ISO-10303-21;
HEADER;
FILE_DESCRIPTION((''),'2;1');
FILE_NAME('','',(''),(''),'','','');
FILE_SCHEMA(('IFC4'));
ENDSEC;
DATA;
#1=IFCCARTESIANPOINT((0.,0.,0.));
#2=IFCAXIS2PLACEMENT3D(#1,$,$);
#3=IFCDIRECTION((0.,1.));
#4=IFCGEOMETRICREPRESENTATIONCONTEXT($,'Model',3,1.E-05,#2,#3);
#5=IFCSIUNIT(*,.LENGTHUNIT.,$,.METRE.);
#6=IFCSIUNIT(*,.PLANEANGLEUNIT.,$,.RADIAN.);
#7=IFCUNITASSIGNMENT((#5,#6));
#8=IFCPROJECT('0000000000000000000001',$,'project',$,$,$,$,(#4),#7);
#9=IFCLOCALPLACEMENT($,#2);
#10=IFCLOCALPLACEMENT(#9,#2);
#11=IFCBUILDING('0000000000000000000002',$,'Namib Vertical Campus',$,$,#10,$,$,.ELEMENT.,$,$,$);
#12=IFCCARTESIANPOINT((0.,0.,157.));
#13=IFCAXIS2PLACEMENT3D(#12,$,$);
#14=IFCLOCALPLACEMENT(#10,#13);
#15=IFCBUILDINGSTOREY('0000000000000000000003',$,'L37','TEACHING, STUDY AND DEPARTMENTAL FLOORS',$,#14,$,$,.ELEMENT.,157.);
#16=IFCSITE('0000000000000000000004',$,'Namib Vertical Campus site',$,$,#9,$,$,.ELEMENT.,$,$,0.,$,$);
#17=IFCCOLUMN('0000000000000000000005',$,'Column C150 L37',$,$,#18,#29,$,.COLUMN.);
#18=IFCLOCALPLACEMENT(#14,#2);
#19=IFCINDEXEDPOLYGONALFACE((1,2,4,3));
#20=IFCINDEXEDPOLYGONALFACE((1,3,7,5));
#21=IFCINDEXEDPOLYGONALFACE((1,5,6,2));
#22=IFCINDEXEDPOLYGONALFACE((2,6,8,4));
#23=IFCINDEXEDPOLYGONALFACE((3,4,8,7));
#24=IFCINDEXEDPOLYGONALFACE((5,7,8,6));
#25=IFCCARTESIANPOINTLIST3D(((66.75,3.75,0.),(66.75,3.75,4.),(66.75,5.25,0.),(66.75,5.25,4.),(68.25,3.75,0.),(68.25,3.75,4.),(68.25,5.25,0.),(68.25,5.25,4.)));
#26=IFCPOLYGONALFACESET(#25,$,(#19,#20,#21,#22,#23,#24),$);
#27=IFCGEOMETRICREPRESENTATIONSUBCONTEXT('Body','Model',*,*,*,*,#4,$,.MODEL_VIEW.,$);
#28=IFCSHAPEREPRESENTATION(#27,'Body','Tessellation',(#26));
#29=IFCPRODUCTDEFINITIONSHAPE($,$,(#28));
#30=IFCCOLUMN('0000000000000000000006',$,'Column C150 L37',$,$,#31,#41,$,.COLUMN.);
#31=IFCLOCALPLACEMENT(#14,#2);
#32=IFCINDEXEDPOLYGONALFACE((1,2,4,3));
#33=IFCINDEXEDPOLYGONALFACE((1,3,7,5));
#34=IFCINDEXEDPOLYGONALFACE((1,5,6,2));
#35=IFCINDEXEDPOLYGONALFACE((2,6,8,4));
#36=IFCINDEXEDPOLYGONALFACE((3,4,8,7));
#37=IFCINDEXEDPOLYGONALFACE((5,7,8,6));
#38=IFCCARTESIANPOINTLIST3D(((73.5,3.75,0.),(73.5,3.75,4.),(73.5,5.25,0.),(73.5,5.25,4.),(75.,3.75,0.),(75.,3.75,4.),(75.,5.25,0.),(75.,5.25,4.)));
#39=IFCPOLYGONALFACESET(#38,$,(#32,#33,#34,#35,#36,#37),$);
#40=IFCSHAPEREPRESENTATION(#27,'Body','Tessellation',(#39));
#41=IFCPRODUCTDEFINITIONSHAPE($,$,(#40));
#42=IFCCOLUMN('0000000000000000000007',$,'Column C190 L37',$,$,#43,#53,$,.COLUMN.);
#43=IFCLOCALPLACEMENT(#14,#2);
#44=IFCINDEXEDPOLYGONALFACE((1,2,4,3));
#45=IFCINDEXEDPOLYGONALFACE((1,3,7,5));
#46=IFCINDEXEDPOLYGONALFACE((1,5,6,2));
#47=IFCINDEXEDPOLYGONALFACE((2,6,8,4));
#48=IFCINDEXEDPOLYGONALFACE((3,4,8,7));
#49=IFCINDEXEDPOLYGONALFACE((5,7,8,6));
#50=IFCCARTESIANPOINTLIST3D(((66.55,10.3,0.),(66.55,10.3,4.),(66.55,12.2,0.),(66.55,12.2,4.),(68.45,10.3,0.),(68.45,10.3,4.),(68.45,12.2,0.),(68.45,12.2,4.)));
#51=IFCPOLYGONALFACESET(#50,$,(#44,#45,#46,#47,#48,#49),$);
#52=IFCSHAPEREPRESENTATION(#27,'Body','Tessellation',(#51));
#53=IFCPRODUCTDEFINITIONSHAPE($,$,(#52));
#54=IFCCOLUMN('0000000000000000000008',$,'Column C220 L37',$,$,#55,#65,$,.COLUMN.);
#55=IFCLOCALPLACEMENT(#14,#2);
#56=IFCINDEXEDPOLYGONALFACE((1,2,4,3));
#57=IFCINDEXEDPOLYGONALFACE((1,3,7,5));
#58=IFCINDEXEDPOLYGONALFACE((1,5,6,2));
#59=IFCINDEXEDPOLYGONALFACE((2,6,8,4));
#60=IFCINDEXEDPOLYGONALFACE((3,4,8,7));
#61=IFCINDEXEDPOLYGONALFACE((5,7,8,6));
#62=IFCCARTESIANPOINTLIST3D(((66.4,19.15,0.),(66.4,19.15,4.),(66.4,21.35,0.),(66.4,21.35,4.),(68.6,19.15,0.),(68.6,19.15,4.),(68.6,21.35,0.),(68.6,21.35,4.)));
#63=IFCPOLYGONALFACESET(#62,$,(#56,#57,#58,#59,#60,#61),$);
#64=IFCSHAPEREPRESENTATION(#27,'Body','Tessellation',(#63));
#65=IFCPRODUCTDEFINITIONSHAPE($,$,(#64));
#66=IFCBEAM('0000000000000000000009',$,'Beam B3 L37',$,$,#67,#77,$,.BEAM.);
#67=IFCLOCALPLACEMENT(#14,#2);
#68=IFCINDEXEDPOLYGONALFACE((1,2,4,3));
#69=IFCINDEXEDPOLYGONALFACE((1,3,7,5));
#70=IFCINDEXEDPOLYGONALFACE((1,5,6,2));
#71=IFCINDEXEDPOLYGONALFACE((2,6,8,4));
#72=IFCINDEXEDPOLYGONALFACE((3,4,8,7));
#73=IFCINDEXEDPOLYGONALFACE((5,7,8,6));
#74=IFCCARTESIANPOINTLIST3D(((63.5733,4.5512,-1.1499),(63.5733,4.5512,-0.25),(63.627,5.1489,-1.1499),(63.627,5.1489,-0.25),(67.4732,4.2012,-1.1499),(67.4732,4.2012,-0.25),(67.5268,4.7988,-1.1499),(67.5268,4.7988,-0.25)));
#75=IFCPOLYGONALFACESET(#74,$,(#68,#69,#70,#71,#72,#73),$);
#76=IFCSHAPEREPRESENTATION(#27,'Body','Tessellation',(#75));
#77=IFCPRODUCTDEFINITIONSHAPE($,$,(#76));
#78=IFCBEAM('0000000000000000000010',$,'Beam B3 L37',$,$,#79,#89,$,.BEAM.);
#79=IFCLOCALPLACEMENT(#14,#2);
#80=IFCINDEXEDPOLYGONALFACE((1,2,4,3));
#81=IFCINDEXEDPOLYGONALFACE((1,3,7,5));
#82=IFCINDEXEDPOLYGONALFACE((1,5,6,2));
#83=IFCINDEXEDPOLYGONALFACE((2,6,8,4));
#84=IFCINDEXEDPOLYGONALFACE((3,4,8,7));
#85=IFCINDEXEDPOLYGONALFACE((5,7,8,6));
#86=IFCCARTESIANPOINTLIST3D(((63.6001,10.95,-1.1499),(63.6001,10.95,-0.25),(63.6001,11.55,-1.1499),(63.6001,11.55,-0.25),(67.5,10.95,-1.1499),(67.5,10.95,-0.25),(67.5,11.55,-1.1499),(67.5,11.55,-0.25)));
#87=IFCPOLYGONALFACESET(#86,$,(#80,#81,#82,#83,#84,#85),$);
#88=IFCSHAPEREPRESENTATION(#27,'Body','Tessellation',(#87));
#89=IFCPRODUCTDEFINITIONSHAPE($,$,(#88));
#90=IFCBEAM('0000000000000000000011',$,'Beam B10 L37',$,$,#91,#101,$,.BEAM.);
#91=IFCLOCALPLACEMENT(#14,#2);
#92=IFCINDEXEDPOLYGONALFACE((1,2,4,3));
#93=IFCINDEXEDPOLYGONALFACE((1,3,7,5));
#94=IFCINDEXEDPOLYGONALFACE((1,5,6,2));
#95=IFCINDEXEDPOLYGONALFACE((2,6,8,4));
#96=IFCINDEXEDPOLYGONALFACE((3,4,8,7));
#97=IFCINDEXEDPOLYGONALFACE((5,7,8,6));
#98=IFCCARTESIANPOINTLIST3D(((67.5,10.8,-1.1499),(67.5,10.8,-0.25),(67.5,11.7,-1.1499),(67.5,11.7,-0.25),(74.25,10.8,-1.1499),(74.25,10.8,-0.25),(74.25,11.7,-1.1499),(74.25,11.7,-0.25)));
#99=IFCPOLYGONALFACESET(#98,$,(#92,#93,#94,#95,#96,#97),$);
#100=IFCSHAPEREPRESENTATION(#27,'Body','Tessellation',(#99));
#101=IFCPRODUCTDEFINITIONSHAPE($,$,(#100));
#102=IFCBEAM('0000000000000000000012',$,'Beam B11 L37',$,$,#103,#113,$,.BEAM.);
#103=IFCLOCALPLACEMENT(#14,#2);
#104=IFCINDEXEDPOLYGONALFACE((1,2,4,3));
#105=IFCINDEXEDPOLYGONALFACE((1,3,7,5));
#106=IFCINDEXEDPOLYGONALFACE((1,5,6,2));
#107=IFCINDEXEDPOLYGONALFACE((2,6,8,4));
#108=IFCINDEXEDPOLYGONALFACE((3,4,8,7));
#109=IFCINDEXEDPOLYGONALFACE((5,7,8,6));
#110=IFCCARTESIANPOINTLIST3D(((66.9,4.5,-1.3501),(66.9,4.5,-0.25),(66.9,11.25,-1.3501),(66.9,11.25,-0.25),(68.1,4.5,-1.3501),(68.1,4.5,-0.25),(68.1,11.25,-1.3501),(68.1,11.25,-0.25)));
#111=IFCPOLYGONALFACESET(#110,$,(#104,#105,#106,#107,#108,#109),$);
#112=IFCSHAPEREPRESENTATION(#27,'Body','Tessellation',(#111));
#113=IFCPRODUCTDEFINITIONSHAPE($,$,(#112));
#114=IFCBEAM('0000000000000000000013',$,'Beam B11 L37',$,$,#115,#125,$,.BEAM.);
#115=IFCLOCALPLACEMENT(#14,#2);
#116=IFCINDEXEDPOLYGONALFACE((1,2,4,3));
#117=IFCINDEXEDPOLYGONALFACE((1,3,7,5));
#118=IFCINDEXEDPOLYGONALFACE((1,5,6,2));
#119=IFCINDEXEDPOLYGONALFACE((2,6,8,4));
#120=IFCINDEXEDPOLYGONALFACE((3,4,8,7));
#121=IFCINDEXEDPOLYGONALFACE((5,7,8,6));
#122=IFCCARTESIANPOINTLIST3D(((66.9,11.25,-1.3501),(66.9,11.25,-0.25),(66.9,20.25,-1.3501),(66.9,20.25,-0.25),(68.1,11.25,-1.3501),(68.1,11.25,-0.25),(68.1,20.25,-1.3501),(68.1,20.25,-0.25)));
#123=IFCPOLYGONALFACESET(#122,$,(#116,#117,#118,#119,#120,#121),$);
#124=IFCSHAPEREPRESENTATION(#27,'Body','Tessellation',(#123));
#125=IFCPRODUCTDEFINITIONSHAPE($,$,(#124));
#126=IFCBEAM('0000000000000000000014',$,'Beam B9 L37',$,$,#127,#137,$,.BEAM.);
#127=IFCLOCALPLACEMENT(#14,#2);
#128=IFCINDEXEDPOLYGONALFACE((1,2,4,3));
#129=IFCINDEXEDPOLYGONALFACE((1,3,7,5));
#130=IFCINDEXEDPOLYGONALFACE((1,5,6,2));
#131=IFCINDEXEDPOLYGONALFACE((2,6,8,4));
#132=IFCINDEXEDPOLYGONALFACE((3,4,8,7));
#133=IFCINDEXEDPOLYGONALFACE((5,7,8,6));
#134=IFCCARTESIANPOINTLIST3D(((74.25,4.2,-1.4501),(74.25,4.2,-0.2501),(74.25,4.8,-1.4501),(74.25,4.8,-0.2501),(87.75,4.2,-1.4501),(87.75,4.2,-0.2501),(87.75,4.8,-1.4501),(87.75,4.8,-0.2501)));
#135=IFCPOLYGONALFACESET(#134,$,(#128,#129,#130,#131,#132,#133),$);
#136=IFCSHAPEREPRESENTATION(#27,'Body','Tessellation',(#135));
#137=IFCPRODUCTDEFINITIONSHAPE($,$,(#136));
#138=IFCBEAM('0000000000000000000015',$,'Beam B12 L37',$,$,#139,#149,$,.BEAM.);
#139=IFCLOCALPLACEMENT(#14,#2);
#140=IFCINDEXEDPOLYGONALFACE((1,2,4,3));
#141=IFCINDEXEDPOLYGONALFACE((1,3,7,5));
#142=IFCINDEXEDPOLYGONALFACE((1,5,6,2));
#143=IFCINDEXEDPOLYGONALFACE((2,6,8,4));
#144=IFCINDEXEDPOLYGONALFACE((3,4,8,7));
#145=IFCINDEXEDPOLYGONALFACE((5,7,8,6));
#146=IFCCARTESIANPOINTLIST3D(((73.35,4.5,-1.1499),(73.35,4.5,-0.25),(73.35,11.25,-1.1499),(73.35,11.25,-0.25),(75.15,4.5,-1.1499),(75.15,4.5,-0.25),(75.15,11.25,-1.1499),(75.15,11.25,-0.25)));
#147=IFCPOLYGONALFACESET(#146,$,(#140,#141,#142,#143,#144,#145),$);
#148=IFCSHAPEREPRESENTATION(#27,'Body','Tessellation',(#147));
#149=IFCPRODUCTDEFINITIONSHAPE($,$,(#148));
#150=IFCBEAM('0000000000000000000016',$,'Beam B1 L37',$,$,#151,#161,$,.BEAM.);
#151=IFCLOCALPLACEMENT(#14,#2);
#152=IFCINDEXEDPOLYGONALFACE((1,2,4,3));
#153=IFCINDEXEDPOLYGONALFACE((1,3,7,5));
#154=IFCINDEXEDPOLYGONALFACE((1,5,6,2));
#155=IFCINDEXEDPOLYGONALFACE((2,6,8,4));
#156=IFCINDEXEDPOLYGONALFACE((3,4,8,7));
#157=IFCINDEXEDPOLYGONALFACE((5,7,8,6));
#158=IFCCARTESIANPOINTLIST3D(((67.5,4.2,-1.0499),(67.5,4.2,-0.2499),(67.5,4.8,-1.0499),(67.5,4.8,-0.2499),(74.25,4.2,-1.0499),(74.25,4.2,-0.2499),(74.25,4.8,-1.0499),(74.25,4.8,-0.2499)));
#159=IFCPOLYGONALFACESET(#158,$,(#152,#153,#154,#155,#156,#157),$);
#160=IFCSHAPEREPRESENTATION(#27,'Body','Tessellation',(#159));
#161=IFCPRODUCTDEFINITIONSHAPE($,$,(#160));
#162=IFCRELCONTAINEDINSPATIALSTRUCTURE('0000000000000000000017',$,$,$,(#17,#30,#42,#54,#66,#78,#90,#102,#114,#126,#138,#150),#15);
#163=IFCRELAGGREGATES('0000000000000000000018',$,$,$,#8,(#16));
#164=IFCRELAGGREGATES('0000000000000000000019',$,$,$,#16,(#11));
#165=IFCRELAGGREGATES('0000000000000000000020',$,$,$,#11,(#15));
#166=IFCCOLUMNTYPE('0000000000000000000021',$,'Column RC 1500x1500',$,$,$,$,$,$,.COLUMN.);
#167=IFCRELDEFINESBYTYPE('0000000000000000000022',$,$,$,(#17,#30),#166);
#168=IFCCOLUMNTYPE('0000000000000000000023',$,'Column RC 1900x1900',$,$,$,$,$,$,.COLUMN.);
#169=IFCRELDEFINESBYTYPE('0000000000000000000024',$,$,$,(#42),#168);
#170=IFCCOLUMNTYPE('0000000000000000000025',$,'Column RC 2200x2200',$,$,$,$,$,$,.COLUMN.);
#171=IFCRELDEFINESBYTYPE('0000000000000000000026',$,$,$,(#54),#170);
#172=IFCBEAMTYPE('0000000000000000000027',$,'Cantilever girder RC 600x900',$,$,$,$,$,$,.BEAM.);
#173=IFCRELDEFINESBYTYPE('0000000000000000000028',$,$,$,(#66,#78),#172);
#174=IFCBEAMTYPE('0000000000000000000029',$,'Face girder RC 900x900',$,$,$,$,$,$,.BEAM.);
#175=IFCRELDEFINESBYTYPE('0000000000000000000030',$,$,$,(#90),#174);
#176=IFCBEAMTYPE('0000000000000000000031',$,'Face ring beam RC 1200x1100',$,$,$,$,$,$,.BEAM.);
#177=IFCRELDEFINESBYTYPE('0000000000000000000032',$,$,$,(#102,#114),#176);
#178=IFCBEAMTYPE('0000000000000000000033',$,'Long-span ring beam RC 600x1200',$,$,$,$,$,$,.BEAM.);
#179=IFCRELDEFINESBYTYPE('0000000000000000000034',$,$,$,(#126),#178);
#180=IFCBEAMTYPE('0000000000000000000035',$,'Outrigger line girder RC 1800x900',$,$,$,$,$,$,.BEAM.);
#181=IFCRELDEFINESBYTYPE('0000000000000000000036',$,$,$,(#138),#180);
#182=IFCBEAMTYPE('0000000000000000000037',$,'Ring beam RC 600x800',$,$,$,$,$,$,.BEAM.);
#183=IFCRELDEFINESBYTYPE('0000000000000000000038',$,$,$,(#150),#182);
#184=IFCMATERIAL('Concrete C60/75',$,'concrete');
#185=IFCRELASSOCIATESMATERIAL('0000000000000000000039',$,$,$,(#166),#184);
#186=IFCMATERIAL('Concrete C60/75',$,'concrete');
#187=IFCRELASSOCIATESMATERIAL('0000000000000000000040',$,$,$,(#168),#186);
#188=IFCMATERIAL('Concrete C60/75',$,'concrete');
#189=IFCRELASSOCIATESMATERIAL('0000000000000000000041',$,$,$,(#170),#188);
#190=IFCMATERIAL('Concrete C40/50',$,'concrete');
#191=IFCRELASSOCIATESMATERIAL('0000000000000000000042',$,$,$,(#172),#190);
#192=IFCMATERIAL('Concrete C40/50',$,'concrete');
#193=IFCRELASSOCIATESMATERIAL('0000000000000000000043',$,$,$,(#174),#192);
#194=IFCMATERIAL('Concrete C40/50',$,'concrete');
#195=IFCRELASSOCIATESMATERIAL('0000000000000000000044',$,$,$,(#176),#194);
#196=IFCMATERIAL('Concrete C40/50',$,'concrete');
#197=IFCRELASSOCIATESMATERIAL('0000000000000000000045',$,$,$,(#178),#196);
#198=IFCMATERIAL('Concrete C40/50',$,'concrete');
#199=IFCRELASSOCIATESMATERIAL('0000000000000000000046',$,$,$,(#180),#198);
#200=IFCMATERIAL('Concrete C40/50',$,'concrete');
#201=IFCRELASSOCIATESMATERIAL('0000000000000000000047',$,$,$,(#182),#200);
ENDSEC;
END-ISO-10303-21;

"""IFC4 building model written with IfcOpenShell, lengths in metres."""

from ifc_helpers import new_model, si_unit, direction, frame, origin, origin_2d, place, context, subcontext, project, spatial, rectangle, extrude, material, material_profile, profile_set, type_object, element, save


model = new_model("IFC4")

# Units and contexts
model_context = context("Model", 3, precision=1e-05, world=origin(), true_north=direction((0.0, 1.0)))
body_context = subcontext(model_context, "Body", "Model", "MODEL_VIEW")
ifc_project = project(units=[si_unit("LENGTHUNIT", "METRE"), si_unit("PLANEANGLEUNIT", "RADIAN")], contexts=[model_context])

# Site, building, storey
site_placement = place(None, origin())
site = spatial("IfcSite", under=ifc_project, at=site_placement, Name="Namib Vertical Campus site", CompositionType="ELEMENT", RefElevation=0.0)
building_placement = place(site_placement, origin())
building = spatial("IfcBuilding", under=site, at=building_placement, Name="Namib Vertical Campus", CompositionType="ELEMENT")
storey_placement = place(building_placement, frame((0.0, 0.0, 157.0)))
storey = spatial("IfcBuildingStorey", under=building, at=storey_placement, Name="L37", Description="TEACHING, STUDY AND DEPARTMENTAL FLOORS", CompositionType="ELEMENT", Elevation=157.0)

# Columns
ifc_material_1 = material(Name="Concrete C60/75", Category="concrete")
ifc_material_profile_1 = material_profile(ifc_material_1, rectangle(XDim=1.5, YDim=1.5, at=origin_2d()))
ifc_profile_set_1 = profile_set([ifc_material_profile_1], Name="Concrete C60/75")
column_type_1 = type_object("IfcColumnType", Name="Column RC 1500x1500", PredefinedType="COLUMN", material=ifc_profile_set_1)
for number, where, z_axis, x_axis, name in (
    (1, (67.5, 4.5, 0.0), (0.0, 0.0, 1.0), (1.0, 0.0, 0.0), "Column C150 L37"),
    (2, (74.25, 4.5, 0.0), (0.0, 0.0, 1.0), (1.0, 0.0, 0.0), "Column C150 L37"),
):
    element("IfcColumn", number, at=place(storey_placement, frame(where, z_axis=z_axis, x_axis=x_axis)), inside=storey, type_object=column_type_1, Name=name, PredefinedType="COLUMN", context=body_context, shape_type="SweptSolid", body=[
        extrude(rectangle(XDim=1.5, YDim=1.5, at=origin_2d()), origin(), (0.0, 0.0, 1.0), 4.0),
    ])
ifc_material_2 = material(Name="Concrete C60/75", Category="concrete")
ifc_material_profile_2 = material_profile(ifc_material_2, rectangle(XDim=1.8999, YDim=1.8999, at=origin_2d()))
ifc_profile_set_2 = profile_set([ifc_material_profile_2], Name="Concrete C60/75")
column_type_2 = type_object("IfcColumnType", Name="Column RC 1900x1900", PredefinedType="COLUMN", material=ifc_profile_set_2)
column_1_placement = place(storey_placement, frame((67.5, 11.25, 0.0), z_axis=(0.0, 0.0, 1.0), x_axis=(1.0, 0.0, 0.0)))
element("IfcColumn", 3, at=column_1_placement, inside=storey, type_object=column_type_2, Name="Column C190 L37", PredefinedType="COLUMN", context=body_context, shape_type="SweptSolid", body=[
    extrude(rectangle(XDim=1.8999, YDim=1.8999, at=origin_2d()), origin(), (0.0, 0.0, 1.0), 4.0),
])
ifc_material_3 = material(Name="Concrete C60/75", Category="concrete")
ifc_material_profile_3 = material_profile(ifc_material_3, rectangle(XDim=2.2, YDim=2.2, at=origin_2d()))
ifc_profile_set_3 = profile_set([ifc_material_profile_3], Name="Concrete C60/75")
column_type_3 = type_object("IfcColumnType", Name="Column RC 2200x2200", PredefinedType="COLUMN", material=ifc_profile_set_3)
column_2_placement = place(storey_placement, frame((67.5, 20.25, 0.0), z_axis=(0.0, 0.0, 1.0), x_axis=(1.0, 0.0, 0.0)))
element("IfcColumn", 4, at=column_2_placement, inside=storey, type_object=column_type_3, Name="Column C220 L37", PredefinedType="COLUMN", context=body_context, shape_type="SweptSolid", body=[
    extrude(rectangle(XDim=2.2, YDim=2.2, at=origin_2d()), origin(), (0.0, 0.0, 1.0), 4.0),
])

# Beams
ifc_material_4 = material(Name="Concrete C40/50", Category="concrete")
ifc_material_profile_4 = material_profile(ifc_material_4, rectangle(XDim=0.6001, YDim=0.8999, at=origin_2d()))
ifc_profile_set_4 = profile_set([ifc_material_profile_4], Name="Concrete C40/50")
beam_type_1 = type_object("IfcBeamType", Name="Cantilever girder RC 600x900", PredefinedType="BEAM", material=ifc_profile_set_4)
beam_1_placement = place(storey_placement, frame((67.5, 4.5, -0.7), z_axis=(-0.995995, 0.089411, 0.0), x_axis=(-0.089411, -0.995995, 0.0)))
element("IfcBeam", 5, at=beam_1_placement, inside=storey, type_object=beam_type_1, Name="Beam B3 L37", PredefinedType="BEAM", context=body_context, shape_type="SweptSolid", body=[
    extrude(rectangle(XDim=0.6001, YDim=0.8999, at=origin_2d()), origin(), (0.0, 0.0, 1.0), 3.9155),
])
beam_2_placement = place(storey_placement, frame((67.5, 11.25, -0.7), z_axis=(-1.0, 0.0, 0.0), x_axis=(0.0, -1.0, 0.0)))
element("IfcBeam", 6, at=beam_2_placement, inside=storey, type_object=beam_type_1, Name="Beam B3 L37", PredefinedType="BEAM", context=body_context, shape_type="SweptSolid", body=[
    extrude(rectangle(XDim=0.6001, YDim=0.8999, at=origin_2d()), origin(), (0.0, 0.0, 1.0), 3.8999),
])
ifc_material_5 = material(Name="Concrete C40/50", Category="concrete")
ifc_material_profile_5 = material_profile(ifc_material_5, rectangle(XDim=0.8999, YDim=0.8999, at=origin_2d()))
ifc_profile_set_5 = profile_set([ifc_material_profile_5], Name="Concrete C40/50")
beam_type_2 = type_object("IfcBeamType", Name="Face girder RC 900x900", PredefinedType="BEAM", material=ifc_profile_set_5)
beam_3_placement = place(storey_placement, frame((67.5, 11.25, -0.7), z_axis=(1.0, 0.0, 0.0), x_axis=(0.0, 1.0, 0.0)))
element("IfcBeam", 7, at=beam_3_placement, inside=storey, type_object=beam_type_2, Name="Beam B10 L37", PredefinedType="BEAM", context=body_context, shape_type="SweptSolid", body=[
    extrude(rectangle(XDim=0.8999, YDim=0.8999, at=origin_2d()), origin(), (0.0, 0.0, 1.0), 6.75),
])
ifc_material_6 = material(Name="Concrete C40/50", Category="concrete")
ifc_material_profile_6 = material_profile(ifc_material_6, rectangle(XDim=1.2, YDim=1.1001, at=origin_2d()))
ifc_profile_set_6 = profile_set([ifc_material_profile_6], Name="Concrete C40/50")
beam_type_3 = type_object("IfcBeamType", Name="Face ring beam RC 1200x1100", PredefinedType="BEAM", material=ifc_profile_set_6)
beam_4_placement = place(storey_placement, frame((67.5, 4.5, -0.8), z_axis=(0.0, 1.0, 0.0), x_axis=(-1.0, 0.0, 0.0)))
element("IfcBeam", 8, at=beam_4_placement, inside=storey, type_object=beam_type_3, Name="Beam B11 L37", PredefinedType="BEAM", context=body_context, shape_type="SweptSolid", body=[
    extrude(rectangle(XDim=1.2, YDim=1.1001, at=origin_2d()), origin(), (0.0, 0.0, 1.0), 6.75),
])
beam_5_placement = place(storey_placement, frame((67.5, 11.25, -0.8), z_axis=(0.0, 1.0, 0.0), x_axis=(-1.0, 0.0, 0.0)))
element("IfcBeam", 9, at=beam_5_placement, inside=storey, type_object=beam_type_3, Name="Beam B11 L37", PredefinedType="BEAM", context=body_context, shape_type="SweptSolid", body=[
    extrude(rectangle(XDim=1.2, YDim=1.1001, at=origin_2d()), origin(), (0.0, 0.0, 1.0), 9.0),
])
ifc_material_7 = material(Name="Concrete C40/50", Category="concrete")
ifc_material_profile_7 = material_profile(ifc_material_7, rectangle(XDim=0.6001, YDim=1.2, at=origin_2d()))
ifc_profile_set_7 = profile_set([ifc_material_profile_7], Name="Concrete C40/50")
beam_type_4 = type_object("IfcBeamType", Name="Long-span ring beam RC 600x1200", PredefinedType="BEAM", material=ifc_profile_set_7)
beam_6_placement = place(storey_placement, frame((74.25, 4.5, -0.8501), z_axis=(1.0, 0.0, 0.0), x_axis=(0.0, 1.0, 0.0)))
element("IfcBeam", 10, at=beam_6_placement, inside=storey, type_object=beam_type_4, Name="Beam B9 L37", PredefinedType="BEAM", context=body_context, shape_type="SweptSolid", body=[
    extrude(rectangle(XDim=0.6001, YDim=1.2, at=origin_2d()), origin(), (0.0, 0.0, 1.0), 13.5),
])
ifc_material_8 = material(Name="Concrete C40/50", Category="concrete")
ifc_material_profile_8 = material_profile(ifc_material_8, rectangle(XDim=1.8, YDim=0.8999, at=origin_2d()))
ifc_profile_set_8 = profile_set([ifc_material_profile_8], Name="Concrete C40/50")
beam_type_5 = type_object("IfcBeamType", Name="Outrigger line girder RC 1800x900", PredefinedType="BEAM", material=ifc_profile_set_8)
beam_7_placement = place(storey_placement, frame((74.25, 4.5, -0.7), z_axis=(0.0, 1.0, 0.0), x_axis=(-1.0, 0.0, 0.0)))
element("IfcBeam", 11, at=beam_7_placement, inside=storey, type_object=beam_type_5, Name="Beam B12 L37", PredefinedType="BEAM", context=body_context, shape_type="SweptSolid", body=[
    extrude(rectangle(XDim=1.8, YDim=0.8999, at=origin_2d()), origin(), (0.0, 0.0, 1.0), 6.75),
])
ifc_material_9 = material(Name="Concrete C40/50", Category="concrete")
ifc_material_profile_9 = material_profile(ifc_material_9, rectangle(XDim=0.6001, YDim=0.8, at=origin_2d()))
ifc_profile_set_9 = profile_set([ifc_material_profile_9], Name="Concrete C40/50")
beam_type_6 = type_object("IfcBeamType", Name="Ring beam RC 600x800", PredefinedType="BEAM", material=ifc_profile_set_9)
beam_8_placement = place(storey_placement, frame((67.5, 4.5, -0.6499), z_axis=(1.0, 0.0, 0.0), x_axis=(0.0, 1.0, 0.0)))
element("IfcBeam", 12, at=beam_8_placement, inside=storey, type_object=beam_type_6, Name="Beam B1 L37", PredefinedType="BEAM", context=body_context, shape_type="SweptSolid", body=[
    extrude(rectangle(XDim=0.6001, YDim=0.8, at=origin_2d()), origin(), (0.0, 0.0, 1.0), 6.75),
])

save(model, "model.ifc")
